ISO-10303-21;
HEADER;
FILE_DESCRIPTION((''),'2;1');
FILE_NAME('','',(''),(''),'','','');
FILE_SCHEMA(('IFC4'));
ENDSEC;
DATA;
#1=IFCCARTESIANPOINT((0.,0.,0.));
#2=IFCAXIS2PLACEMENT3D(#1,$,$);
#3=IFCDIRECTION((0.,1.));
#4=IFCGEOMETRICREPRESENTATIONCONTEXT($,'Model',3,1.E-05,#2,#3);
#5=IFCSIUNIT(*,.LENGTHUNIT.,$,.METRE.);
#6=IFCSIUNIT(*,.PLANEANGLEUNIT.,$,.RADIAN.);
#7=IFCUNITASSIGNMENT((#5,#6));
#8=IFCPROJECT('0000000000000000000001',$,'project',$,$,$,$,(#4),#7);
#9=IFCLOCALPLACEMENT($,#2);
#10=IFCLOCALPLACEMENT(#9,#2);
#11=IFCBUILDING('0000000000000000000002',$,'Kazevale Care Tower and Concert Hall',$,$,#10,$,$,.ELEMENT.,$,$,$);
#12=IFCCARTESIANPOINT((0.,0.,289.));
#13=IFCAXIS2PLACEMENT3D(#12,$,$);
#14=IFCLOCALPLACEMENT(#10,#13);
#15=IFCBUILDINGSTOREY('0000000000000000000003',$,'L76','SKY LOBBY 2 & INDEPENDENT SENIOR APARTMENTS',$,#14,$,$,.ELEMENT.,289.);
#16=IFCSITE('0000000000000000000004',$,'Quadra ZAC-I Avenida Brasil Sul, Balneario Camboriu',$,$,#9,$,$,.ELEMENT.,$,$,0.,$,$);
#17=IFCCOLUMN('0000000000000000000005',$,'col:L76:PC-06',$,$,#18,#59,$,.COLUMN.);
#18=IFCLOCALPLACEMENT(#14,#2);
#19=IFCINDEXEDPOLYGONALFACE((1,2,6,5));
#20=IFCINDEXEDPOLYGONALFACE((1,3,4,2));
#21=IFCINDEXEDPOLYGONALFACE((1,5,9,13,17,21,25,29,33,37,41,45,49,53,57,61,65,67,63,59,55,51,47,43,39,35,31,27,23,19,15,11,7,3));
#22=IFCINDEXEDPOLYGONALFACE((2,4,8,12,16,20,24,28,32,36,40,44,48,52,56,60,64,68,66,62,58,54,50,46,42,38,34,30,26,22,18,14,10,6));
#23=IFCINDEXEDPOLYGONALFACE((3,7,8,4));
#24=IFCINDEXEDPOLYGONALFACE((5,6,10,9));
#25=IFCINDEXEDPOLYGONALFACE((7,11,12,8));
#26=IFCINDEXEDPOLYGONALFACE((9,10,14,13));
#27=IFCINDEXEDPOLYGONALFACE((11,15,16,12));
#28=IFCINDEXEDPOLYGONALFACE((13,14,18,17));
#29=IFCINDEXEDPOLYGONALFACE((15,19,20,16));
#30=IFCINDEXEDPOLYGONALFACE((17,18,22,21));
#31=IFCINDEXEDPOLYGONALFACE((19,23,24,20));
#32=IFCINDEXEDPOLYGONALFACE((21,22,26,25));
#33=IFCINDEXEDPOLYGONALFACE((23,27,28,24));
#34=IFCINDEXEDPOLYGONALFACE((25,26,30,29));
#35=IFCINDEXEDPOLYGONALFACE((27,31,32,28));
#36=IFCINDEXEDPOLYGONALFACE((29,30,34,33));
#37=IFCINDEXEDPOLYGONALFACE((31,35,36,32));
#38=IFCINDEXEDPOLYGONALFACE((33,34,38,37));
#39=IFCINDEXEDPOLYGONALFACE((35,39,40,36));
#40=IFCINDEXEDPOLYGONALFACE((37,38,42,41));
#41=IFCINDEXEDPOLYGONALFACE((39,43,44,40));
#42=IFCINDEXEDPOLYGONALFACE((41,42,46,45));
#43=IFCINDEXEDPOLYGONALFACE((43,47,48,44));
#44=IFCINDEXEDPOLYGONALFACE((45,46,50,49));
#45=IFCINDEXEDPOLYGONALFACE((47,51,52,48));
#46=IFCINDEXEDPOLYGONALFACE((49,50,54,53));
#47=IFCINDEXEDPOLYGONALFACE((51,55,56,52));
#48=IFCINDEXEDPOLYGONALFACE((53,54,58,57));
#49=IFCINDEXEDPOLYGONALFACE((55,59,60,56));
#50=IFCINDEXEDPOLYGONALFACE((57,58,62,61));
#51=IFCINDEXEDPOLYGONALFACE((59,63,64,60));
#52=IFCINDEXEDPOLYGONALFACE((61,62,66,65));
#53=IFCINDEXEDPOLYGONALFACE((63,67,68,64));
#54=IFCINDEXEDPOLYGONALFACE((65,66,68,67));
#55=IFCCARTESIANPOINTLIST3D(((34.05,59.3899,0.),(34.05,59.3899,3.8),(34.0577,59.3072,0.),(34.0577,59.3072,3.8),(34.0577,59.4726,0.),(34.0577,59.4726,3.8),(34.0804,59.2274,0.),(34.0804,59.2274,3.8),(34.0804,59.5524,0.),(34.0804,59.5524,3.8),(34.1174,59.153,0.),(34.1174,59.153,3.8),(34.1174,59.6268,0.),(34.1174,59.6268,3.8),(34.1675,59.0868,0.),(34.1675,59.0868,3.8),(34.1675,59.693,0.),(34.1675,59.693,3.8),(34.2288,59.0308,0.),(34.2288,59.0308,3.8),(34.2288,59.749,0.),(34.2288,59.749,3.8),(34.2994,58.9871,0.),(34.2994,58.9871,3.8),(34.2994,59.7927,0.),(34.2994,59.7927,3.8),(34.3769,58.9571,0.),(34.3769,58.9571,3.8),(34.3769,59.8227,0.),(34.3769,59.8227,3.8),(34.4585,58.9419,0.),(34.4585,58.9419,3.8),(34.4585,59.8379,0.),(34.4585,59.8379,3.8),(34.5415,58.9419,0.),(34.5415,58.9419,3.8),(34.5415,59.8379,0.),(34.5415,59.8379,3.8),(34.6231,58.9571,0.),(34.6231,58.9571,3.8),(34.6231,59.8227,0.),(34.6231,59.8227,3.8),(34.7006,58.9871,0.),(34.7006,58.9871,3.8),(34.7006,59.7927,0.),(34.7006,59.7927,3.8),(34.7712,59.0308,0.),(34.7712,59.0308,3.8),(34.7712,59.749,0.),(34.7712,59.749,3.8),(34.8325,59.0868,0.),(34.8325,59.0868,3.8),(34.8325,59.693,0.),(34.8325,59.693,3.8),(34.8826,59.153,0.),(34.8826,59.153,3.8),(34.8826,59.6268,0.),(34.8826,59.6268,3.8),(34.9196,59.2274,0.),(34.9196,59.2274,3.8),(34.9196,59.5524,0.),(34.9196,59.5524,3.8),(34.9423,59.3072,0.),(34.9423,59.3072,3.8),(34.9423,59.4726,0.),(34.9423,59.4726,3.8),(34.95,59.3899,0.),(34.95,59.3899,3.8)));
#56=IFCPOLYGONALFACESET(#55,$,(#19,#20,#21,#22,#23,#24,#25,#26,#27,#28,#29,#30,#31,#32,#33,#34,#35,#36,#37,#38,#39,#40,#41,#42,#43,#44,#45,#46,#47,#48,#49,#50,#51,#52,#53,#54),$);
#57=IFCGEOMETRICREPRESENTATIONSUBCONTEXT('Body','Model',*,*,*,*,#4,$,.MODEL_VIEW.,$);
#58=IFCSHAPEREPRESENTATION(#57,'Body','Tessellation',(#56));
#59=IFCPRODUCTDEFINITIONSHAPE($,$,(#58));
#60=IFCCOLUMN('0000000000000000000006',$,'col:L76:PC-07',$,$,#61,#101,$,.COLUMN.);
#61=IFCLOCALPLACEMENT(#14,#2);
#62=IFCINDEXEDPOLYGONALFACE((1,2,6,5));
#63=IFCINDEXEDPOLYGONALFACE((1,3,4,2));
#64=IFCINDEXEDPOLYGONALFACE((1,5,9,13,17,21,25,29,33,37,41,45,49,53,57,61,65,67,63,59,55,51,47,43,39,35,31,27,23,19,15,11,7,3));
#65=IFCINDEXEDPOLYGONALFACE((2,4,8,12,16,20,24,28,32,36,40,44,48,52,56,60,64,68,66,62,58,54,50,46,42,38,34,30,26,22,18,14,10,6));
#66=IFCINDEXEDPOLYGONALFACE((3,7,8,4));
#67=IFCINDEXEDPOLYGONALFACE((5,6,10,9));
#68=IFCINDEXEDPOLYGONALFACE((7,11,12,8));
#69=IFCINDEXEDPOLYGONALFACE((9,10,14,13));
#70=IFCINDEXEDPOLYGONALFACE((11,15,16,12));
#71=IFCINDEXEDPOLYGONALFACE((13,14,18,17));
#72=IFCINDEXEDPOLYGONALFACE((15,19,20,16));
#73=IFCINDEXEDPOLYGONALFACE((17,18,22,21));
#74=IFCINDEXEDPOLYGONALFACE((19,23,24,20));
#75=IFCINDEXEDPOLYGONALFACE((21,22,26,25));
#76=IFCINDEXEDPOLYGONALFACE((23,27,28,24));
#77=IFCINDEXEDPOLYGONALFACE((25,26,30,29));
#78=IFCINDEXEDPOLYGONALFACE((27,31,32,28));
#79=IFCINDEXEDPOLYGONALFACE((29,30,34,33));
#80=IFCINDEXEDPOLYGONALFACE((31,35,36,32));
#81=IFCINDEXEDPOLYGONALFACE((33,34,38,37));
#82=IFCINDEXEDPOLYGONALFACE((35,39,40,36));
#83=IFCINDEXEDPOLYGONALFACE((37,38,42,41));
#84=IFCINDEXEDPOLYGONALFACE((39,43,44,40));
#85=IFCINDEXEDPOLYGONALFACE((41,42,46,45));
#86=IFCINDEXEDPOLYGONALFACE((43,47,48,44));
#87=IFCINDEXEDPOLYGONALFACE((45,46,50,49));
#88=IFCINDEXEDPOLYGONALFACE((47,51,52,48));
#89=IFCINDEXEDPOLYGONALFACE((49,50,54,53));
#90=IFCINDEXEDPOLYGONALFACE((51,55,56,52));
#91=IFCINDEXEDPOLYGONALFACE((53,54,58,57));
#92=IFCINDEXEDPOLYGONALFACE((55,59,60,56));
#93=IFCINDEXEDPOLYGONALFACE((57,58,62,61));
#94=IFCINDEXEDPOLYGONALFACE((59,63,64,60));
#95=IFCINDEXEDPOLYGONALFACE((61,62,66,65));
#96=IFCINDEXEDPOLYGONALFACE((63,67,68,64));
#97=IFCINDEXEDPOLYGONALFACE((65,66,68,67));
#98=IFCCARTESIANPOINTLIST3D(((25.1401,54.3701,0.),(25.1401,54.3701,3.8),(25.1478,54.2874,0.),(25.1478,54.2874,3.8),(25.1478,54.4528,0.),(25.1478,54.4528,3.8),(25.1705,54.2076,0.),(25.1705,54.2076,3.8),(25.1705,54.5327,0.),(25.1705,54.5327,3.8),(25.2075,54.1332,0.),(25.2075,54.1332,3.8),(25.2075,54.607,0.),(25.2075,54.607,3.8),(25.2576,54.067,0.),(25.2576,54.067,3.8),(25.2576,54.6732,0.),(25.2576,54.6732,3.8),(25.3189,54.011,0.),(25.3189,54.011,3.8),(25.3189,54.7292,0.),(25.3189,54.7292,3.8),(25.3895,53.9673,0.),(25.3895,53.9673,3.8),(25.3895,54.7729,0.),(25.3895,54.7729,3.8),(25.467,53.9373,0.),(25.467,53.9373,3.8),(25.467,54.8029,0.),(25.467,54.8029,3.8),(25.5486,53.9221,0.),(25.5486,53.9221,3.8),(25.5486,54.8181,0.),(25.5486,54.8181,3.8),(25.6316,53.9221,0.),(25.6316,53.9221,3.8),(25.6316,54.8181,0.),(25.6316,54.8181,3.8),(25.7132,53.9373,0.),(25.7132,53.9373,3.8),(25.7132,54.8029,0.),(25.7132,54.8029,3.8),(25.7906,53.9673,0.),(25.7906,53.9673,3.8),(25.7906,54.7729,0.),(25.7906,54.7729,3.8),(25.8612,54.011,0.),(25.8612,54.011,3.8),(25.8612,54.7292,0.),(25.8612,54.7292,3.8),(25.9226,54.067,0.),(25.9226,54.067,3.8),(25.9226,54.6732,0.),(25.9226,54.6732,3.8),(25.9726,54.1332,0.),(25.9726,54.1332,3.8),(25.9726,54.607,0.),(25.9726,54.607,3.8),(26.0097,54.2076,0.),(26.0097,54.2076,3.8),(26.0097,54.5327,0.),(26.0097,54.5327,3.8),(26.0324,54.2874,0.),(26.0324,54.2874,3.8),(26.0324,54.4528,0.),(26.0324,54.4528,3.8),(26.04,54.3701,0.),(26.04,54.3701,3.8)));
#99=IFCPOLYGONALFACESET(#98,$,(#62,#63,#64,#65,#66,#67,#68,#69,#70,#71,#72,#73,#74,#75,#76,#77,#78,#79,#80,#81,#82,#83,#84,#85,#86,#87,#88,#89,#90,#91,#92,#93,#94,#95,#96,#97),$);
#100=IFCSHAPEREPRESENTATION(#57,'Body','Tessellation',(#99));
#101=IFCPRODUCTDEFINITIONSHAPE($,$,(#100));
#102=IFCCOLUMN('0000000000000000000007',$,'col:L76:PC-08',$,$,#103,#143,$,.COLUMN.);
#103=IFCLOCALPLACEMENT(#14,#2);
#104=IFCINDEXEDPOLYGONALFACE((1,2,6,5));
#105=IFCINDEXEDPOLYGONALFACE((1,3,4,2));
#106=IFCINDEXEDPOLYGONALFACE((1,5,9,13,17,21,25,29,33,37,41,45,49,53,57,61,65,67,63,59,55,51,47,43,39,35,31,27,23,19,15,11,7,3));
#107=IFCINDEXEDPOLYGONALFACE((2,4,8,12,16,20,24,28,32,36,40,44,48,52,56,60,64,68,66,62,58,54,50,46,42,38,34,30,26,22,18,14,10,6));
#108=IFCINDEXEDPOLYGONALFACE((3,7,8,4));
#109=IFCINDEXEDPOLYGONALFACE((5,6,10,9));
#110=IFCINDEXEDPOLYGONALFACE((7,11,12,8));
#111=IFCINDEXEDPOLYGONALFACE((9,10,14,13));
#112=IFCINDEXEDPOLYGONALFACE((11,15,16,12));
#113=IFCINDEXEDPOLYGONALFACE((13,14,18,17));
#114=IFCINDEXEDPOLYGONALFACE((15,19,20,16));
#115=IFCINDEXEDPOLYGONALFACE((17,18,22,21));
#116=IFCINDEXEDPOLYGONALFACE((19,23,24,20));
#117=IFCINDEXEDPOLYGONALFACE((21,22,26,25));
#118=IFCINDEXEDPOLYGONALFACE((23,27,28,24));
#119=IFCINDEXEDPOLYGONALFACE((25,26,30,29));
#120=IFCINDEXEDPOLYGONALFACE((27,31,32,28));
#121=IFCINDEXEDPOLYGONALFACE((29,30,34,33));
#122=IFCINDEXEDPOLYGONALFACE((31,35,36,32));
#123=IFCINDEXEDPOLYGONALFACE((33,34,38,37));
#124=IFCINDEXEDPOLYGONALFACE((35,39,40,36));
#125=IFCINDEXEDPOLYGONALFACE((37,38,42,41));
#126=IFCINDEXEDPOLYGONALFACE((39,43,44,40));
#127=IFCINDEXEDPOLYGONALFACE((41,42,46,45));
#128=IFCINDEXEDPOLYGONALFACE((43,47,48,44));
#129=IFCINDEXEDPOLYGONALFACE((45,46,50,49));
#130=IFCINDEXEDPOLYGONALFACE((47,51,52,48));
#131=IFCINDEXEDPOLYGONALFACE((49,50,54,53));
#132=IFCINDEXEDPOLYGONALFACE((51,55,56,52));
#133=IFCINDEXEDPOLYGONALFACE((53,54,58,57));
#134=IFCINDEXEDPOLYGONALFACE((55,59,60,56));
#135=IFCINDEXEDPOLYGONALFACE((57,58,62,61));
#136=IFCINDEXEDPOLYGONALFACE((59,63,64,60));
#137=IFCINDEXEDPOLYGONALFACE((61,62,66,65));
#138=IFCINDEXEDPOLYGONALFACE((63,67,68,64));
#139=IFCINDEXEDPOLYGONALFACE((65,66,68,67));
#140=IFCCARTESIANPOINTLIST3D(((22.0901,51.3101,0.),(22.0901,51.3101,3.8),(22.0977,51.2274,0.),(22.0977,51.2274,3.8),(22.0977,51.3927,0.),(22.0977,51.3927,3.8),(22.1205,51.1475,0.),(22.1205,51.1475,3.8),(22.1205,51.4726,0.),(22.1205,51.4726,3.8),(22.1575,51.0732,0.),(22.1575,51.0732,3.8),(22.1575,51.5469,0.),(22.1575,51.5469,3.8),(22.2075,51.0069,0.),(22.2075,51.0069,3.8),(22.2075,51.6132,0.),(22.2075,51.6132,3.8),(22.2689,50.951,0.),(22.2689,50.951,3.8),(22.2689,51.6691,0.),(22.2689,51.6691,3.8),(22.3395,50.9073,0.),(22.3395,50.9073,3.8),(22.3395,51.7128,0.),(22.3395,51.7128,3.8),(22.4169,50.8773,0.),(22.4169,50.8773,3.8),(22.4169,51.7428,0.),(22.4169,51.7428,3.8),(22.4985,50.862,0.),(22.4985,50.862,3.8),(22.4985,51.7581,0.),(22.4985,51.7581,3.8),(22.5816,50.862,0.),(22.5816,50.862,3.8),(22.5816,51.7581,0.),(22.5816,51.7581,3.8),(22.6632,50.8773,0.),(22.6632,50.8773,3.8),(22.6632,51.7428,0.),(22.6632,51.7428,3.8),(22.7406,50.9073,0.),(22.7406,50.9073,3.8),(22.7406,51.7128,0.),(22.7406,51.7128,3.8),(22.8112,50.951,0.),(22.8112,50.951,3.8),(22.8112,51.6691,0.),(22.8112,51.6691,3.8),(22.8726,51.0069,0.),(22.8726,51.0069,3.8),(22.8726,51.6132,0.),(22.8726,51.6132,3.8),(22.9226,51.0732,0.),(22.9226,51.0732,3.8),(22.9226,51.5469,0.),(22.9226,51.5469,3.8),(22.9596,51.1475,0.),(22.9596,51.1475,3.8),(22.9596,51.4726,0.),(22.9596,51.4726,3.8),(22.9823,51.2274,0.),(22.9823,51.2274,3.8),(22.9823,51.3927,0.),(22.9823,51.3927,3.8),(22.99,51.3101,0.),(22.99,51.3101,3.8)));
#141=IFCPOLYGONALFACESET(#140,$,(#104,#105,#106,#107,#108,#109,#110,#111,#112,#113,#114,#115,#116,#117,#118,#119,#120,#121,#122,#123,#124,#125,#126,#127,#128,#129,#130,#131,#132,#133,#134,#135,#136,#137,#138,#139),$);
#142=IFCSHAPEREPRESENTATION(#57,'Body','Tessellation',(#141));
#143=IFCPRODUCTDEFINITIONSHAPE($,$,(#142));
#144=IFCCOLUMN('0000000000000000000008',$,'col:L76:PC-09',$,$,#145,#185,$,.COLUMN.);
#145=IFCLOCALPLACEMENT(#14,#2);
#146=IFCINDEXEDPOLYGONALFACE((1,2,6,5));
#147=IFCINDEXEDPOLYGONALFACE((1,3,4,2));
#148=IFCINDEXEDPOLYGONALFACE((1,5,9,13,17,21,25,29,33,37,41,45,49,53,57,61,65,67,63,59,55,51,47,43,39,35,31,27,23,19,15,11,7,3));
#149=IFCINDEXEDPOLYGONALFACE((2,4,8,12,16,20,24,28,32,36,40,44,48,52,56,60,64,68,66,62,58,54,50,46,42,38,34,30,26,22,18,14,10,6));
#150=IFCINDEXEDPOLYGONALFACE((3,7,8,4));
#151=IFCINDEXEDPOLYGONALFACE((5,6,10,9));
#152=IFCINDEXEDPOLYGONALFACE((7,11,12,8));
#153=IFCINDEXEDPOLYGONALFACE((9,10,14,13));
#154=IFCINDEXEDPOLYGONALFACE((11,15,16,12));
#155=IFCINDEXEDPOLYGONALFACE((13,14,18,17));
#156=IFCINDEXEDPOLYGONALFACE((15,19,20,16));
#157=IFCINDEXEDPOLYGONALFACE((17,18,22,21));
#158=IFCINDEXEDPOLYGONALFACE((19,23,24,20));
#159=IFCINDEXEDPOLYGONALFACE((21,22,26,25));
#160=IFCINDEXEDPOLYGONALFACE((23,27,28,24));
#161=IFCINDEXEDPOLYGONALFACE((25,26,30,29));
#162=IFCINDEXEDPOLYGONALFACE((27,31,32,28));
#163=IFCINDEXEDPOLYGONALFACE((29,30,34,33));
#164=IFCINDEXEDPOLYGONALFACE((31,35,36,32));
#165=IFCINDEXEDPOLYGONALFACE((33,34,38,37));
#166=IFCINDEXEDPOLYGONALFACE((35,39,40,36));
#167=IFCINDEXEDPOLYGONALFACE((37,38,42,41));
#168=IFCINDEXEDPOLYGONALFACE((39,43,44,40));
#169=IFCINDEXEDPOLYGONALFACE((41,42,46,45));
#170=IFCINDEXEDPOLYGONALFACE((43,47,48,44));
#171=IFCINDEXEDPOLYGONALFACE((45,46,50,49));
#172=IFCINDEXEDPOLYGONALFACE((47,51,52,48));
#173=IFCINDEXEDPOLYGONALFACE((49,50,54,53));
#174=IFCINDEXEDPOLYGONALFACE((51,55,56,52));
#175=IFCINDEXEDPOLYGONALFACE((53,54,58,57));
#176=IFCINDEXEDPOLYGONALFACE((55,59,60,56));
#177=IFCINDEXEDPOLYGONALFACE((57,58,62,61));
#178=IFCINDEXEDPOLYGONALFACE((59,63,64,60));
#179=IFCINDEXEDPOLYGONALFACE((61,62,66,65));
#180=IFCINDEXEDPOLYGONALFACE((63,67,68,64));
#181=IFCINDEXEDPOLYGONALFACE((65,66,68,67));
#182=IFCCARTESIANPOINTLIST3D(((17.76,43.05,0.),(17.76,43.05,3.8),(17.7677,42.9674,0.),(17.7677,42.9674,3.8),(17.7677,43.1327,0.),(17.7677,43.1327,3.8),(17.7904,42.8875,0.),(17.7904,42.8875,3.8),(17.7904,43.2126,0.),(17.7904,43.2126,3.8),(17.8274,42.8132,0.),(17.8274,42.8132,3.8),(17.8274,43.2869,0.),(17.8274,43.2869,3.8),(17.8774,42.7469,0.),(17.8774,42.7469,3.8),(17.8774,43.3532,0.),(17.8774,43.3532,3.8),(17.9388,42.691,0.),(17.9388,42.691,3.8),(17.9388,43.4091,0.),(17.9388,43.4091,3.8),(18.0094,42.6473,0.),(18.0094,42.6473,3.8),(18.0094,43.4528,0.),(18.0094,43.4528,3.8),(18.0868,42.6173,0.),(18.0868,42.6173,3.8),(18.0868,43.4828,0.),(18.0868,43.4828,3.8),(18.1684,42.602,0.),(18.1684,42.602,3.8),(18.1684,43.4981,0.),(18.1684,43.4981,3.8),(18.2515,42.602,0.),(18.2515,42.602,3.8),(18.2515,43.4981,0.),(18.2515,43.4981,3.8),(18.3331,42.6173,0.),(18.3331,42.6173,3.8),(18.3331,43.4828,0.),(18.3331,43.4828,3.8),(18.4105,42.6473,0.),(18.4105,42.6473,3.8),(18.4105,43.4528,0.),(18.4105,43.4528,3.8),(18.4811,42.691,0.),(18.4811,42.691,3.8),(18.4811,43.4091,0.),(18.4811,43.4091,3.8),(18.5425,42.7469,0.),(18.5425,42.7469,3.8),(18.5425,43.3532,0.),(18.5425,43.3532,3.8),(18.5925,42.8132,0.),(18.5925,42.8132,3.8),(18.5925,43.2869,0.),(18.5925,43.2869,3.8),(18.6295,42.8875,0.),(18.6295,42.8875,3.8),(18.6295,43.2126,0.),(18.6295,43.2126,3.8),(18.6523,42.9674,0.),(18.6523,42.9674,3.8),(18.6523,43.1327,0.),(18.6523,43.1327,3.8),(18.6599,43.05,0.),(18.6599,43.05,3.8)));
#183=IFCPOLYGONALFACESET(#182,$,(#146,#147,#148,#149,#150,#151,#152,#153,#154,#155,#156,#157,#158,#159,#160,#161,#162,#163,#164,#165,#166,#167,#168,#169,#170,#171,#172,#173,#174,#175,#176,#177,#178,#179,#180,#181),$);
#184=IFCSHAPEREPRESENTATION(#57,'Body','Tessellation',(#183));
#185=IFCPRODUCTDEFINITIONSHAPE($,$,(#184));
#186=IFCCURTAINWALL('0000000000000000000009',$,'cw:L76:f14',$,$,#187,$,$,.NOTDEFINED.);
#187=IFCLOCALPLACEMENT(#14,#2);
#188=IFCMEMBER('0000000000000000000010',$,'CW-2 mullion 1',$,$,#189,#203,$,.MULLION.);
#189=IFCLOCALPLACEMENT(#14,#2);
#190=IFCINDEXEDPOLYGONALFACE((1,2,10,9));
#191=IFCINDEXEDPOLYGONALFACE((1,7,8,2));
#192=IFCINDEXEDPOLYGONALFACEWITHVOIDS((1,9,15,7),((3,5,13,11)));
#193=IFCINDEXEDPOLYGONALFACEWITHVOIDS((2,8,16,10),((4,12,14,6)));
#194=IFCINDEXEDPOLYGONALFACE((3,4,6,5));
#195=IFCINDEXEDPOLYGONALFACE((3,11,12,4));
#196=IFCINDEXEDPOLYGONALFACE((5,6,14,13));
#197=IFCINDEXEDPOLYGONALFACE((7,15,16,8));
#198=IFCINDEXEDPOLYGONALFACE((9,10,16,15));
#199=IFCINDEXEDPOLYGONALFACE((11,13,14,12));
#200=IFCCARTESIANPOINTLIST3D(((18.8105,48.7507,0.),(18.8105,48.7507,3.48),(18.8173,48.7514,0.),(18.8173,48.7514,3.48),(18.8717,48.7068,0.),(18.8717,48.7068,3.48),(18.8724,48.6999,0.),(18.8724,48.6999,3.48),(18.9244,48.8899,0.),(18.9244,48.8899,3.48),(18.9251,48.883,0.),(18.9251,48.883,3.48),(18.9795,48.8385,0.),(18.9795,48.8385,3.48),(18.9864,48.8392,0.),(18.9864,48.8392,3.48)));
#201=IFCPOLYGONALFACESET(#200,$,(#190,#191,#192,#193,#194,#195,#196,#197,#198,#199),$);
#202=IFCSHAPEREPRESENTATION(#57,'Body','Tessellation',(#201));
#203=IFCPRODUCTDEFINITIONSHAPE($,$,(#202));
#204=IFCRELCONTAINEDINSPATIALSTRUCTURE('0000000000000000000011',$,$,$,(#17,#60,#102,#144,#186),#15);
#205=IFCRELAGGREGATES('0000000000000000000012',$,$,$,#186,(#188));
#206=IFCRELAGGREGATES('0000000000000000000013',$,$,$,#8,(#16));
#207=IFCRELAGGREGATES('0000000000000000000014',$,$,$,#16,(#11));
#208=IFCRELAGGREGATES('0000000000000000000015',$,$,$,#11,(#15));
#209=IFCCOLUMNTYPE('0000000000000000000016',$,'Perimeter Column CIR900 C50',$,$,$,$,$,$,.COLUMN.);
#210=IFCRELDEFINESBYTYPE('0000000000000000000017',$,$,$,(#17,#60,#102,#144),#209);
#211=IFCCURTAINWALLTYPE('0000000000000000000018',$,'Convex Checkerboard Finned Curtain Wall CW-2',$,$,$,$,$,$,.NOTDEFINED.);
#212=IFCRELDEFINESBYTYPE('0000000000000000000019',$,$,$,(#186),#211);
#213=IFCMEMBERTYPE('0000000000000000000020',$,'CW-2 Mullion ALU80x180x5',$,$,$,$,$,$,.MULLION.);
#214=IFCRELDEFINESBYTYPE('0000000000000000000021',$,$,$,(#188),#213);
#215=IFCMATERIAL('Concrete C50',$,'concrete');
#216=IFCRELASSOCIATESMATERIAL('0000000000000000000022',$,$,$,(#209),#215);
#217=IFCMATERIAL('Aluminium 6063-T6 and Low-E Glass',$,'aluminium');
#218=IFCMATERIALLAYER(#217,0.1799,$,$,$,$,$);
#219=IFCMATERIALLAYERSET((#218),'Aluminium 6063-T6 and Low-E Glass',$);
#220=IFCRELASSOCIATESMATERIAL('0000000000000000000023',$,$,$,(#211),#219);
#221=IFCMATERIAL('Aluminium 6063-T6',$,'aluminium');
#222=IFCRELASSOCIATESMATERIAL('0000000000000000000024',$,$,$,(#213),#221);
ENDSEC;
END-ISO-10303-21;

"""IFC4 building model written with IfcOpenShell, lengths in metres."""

from ifc_helpers import new_model, si_unit, direction, frame, origin, origin_2d, place, context, subcontext, project, spatial, hollow_rectangle, circle, extrude, material, layer, layer_set, material_profile, profile_set, type_object, element, aggregate, save


model = new_model("IFC4")

# Units and contexts
model_context = context("Model", 3, precision=1e-05, world=origin(), true_north=direction((0.0, 1.0)))
body_context = subcontext(model_context, "Body", "Model", "MODEL_VIEW")
ifc_project = project(units=[si_unit("LENGTHUNIT", "METRE"), si_unit("PLANEANGLEUNIT", "RADIAN")], contexts=[model_context])

# Site, building, storey
site_placement = place(None, origin())
site = spatial("IfcSite", under=ifc_project, at=site_placement, Name="Quadra ZAC-I Avenida Brasil Sul, Balneario Camboriu", CompositionType="ELEMENT", RefElevation=0.0)
building_placement = place(site_placement, origin())
building = spatial("IfcBuilding", under=site, at=building_placement, Name="Kazevale Care Tower and Concert Hall", CompositionType="ELEMENT")
storey_placement = place(building_placement, frame((0.0, 0.0, 289.0)))
storey = spatial("IfcBuildingStorey", under=building, at=storey_placement, Name="L76", Description="SKY LOBBY 2 & INDEPENDENT SENIOR APARTMENTS", CompositionType="ELEMENT", Elevation=289.0)

# Columns
ifc_material_1 = material(Name="Concrete C50", Category="concrete")
ifc_material_profile_1 = material_profile(ifc_material_1, circle(Radius=0.45, at=origin_2d()), Name="RC-CIR900")
ifc_profile_set_1 = profile_set([ifc_material_profile_1], Name="Concrete C50")
column_type = type_object("IfcColumnType", Name="Perimeter Column CIR900 C50", PredefinedType="COLUMN", material=ifc_profile_set_1)
for number, where, z_axis, x_axis, name in (
    (1, (34.5, 59.3899, 0.0), (0.0, 0.0, 1.0), (1.0, 0.0, 0.0), "col:L76:PC-06"),
    (2, (25.5901, 54.3701, 0.0), (0.0, 0.0, 1.0), (1.0, 0.0, 0.0), "col:L76:PC-07"),
    (3, (22.54, 51.3101, 0.0), (0.0, 0.0, 1.0), (1.0, 0.0, 0.0), "col:L76:PC-08"),
    (4, (18.21, 43.05, 0.0), (0.0, 0.0, 1.0), (1.0, 0.0, 0.0), "col:L76:PC-09"),
):
    element("IfcColumn", number, at=place(storey_placement, frame(where, z_axis=z_axis, x_axis=x_axis)), inside=storey, type_object=column_type, Name=name, PredefinedType="COLUMN", context=body_context, shape_type="SweptSolid", body=[
        extrude(circle(Radius=0.45, at=origin_2d()), origin(), (0.0, 0.0, 1.0), 3.8),
    ])

# Curtain wall, member
ifc_material_2 = material(Name="Aluminium 6063-T6 and Low-E Glass", Category="aluminium")
ifc_layer_1 = layer(ifc_material_2, 0.1799)
ifc_layer_set_1 = layer_set([ifc_layer_1], Name="Aluminium 6063-T6 and Low-E Glass")
curtain_wall_type_1 = type_object("IfcCurtainWallType", Name="Convex Checkerboard Finned Curtain Wall CW-2", PredefinedType="NOTDEFINED", material=ifc_layer_set_1)
curtain_wall_1_placement = place(storey_placement, origin())
curtain_wall_1 = element("IfcCurtainWall", 5, at=curtain_wall_1_placement, inside=storey, type_object=curtain_wall_type_1, Name="cw:L76:f14", PredefinedType="NOTDEFINED")
ifc_material_3 = material(Name="Aluminium 6063-T6", Category="aluminium")
ifc_material_profile_2 = material_profile(ifc_material_3, hollow_rectangle(XDim=0.0801, YDim=0.1799, WallThickness=0.0049, at=origin_2d()), Name="ALU80x180x5")
ifc_profile_set_2 = profile_set([ifc_material_profile_2], Name="Aluminium 6063-T6")
member_type_1 = type_object("IfcMemberType", Name="CW-2 Mullion ALU80x180x5", PredefinedType="MULLION", material=ifc_profile_set_2)
member_1_placement = place(storey_placement, frame((18.8984, 48.7949, 0.0), z_axis=(0.0, 0.0, 1.0), x_axis=(-0.773803, 0.633426, 0.0)))
member_1 = element("IfcMember", 6, at=member_1_placement, type_object=member_type_1, Name="CW-2 mullion 1", PredefinedType="MULLION", context=body_context, shape_type="SweptSolid", body=[
    extrude(hollow_rectangle(XDim=0.0801, YDim=0.1799, WallThickness=0.0049, at=origin_2d()), origin(), (0.0, 0.0, 1.0), 3.48),
])

aggregate(curtain_wall_1, [member_1])

save(model, "model.ifc")
